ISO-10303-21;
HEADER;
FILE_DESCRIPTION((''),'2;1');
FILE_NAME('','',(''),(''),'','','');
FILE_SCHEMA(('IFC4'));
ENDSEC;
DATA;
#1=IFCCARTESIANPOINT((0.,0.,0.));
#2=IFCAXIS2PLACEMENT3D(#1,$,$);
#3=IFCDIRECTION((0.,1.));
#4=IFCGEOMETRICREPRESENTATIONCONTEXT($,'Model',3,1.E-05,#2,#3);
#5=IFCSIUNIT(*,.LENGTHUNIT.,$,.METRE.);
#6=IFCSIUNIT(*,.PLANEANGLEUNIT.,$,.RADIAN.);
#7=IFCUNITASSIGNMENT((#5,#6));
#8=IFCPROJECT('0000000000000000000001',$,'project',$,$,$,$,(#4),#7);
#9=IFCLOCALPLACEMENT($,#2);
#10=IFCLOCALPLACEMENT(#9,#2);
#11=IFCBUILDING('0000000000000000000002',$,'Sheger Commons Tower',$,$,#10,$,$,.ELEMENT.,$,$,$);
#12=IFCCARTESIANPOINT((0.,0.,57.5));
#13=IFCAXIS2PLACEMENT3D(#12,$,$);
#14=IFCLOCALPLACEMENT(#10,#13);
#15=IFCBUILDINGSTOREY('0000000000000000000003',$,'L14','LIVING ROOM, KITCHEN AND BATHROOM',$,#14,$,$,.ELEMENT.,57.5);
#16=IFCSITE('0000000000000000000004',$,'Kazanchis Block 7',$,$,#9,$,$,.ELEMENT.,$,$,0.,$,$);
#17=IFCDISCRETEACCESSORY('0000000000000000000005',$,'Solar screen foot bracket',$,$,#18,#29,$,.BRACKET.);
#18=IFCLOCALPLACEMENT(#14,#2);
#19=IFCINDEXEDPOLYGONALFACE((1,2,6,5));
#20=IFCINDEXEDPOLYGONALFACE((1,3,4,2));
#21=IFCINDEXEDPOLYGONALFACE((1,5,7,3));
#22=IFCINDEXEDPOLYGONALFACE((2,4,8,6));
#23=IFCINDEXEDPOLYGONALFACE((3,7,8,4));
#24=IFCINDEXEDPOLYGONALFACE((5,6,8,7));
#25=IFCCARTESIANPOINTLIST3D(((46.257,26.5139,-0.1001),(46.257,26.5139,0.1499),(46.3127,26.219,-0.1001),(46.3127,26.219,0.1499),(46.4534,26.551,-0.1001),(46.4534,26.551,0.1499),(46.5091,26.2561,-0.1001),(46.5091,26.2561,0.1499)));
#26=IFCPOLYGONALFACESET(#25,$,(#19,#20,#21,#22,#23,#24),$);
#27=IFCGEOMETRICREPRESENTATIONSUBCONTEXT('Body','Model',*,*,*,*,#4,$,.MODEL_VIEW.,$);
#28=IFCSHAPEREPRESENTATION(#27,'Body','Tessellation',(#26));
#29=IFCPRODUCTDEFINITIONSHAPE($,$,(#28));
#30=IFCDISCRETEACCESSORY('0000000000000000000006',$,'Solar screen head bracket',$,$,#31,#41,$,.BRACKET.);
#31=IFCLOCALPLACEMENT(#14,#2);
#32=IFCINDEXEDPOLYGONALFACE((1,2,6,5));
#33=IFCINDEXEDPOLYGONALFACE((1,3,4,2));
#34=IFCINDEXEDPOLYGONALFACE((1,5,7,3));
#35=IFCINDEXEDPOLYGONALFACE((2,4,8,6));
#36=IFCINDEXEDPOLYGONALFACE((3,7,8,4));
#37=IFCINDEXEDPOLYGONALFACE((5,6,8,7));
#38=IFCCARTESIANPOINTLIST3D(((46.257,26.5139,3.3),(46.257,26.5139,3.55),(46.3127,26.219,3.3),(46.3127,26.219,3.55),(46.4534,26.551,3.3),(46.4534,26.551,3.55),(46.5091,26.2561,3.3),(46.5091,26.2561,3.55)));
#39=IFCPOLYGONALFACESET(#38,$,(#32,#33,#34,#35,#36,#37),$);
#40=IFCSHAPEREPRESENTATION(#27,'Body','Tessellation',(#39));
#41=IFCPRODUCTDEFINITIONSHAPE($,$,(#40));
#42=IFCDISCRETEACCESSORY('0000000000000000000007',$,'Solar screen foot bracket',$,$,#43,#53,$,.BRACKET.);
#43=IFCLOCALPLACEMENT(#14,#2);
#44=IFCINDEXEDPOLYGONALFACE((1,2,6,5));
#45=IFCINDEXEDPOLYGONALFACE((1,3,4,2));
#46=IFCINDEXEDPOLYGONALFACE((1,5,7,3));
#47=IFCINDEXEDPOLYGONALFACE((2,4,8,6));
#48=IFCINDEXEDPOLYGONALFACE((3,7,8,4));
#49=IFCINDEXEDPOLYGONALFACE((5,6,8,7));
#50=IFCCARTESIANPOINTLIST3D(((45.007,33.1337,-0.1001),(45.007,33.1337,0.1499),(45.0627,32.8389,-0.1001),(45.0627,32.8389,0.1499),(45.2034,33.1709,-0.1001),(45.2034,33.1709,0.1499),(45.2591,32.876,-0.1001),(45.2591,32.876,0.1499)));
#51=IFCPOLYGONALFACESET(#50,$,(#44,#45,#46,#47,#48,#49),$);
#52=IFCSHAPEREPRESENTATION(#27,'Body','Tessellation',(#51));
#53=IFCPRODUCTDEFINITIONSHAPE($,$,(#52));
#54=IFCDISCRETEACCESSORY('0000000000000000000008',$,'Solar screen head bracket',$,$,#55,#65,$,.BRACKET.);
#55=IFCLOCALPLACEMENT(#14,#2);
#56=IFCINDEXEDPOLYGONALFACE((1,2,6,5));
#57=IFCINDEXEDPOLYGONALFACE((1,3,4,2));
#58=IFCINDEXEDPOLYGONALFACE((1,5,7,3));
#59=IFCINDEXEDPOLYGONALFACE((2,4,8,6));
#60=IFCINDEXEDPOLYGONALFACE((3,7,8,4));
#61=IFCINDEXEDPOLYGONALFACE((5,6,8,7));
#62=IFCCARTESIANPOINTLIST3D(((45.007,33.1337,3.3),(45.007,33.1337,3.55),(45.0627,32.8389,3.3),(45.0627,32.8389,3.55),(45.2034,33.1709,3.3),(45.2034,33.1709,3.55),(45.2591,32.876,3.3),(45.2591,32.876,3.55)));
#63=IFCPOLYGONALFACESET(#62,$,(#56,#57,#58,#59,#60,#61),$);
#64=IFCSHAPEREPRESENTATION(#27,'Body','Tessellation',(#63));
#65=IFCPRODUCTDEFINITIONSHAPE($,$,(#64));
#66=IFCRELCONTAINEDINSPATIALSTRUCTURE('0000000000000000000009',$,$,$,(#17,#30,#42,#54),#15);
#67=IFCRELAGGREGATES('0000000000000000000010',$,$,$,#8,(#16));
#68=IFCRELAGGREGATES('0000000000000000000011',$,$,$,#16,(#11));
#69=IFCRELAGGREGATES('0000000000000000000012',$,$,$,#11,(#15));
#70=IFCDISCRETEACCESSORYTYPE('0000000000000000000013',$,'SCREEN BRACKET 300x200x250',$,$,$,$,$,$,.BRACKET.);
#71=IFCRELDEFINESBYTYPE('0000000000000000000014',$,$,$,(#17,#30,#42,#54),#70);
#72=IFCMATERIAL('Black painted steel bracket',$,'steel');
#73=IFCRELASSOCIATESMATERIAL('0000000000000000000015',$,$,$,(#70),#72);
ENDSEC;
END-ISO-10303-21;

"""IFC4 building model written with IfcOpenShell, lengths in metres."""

from ifc_helpers import new_model, si_unit, direction, frame, origin, origin_2d, place, context, subcontext, project, spatial, rectangle, extrude, material, type_object, element, save


model = new_model("IFC4")

# Units and contexts
model_context = context("Model", 3, precision=1e-05, world=origin(), true_north=direction((0.0, 1.0)))
body_context = subcontext(model_context, "Body", "Model", "MODEL_VIEW")
ifc_project = project(units=[si_unit("LENGTHUNIT", "METRE"), si_unit("PLANEANGLEUNIT", "RADIAN")], contexts=[model_context])

# Site, building, storey
site_placement = place(None, origin())
site = spatial("IfcSite", under=ifc_project, at=site_placement, Name="Kazanchis Block 7", CompositionType="ELEMENT", RefElevation=0.0)
building_placement = place(site_placement, origin())
building = spatial("IfcBuilding", under=site, at=building_placement, Name="Sheger Commons Tower", CompositionType="ELEMENT")
storey_placement = place(building_placement, frame((0.0, 0.0, 57.5)))
storey = spatial("IfcBuildingStorey", under=building, at=storey_placement, Name="L14", Description="LIVING ROOM, KITCHEN AND BATHROOM", CompositionType="ELEMENT", Elevation=57.5)

# Discrete accessories
ifc_material_1 = material(Name="Black painted steel bracket", Category="steel")
discrete_accessory_type = type_object("IfcDiscreteAccessoryType", Name="SCREEN BRACKET 300x200x250", PredefinedType="BRACKET", material=ifc_material_1)
for number, where, z_axis, x_axis, name in (
    (1, (46.3831, 26.385, -0.1001), (0.0, 0.0, 1.0), (-0.185615, 0.982623, 0.0), "Solar screen foot bracket"),
    (2, (46.3831, 26.385, 3.3), (0.0, 0.0, 1.0), (-0.185615, 0.982623, 0.0), "Solar screen head bracket"),
    (3, (45.1331, 33.0049, -0.1001), (0.0, 0.0, 1.0), (-0.185615, 0.982623, 0.0), "Solar screen foot bracket"),
    (4, (45.1331, 33.0049, 3.3), (0.0, 0.0, 1.0), (-0.185615, 0.982623, 0.0), "Solar screen head bracket"),
):
    element("IfcDiscreteAccessory", number, at=place(storey_placement, frame(where, z_axis=z_axis, x_axis=x_axis)), inside=storey, type_object=discrete_accessory_type, Name=name, PredefinedType="BRACKET", context=body_context, shape_type="SweptSolid", body=[
        extrude(rectangle(XDim=0.3, YDim=0.2, at=origin_2d()), origin(), (0.0, 0.0, 1.0), 0.25),
    ])

save(model, "model.ifc")
